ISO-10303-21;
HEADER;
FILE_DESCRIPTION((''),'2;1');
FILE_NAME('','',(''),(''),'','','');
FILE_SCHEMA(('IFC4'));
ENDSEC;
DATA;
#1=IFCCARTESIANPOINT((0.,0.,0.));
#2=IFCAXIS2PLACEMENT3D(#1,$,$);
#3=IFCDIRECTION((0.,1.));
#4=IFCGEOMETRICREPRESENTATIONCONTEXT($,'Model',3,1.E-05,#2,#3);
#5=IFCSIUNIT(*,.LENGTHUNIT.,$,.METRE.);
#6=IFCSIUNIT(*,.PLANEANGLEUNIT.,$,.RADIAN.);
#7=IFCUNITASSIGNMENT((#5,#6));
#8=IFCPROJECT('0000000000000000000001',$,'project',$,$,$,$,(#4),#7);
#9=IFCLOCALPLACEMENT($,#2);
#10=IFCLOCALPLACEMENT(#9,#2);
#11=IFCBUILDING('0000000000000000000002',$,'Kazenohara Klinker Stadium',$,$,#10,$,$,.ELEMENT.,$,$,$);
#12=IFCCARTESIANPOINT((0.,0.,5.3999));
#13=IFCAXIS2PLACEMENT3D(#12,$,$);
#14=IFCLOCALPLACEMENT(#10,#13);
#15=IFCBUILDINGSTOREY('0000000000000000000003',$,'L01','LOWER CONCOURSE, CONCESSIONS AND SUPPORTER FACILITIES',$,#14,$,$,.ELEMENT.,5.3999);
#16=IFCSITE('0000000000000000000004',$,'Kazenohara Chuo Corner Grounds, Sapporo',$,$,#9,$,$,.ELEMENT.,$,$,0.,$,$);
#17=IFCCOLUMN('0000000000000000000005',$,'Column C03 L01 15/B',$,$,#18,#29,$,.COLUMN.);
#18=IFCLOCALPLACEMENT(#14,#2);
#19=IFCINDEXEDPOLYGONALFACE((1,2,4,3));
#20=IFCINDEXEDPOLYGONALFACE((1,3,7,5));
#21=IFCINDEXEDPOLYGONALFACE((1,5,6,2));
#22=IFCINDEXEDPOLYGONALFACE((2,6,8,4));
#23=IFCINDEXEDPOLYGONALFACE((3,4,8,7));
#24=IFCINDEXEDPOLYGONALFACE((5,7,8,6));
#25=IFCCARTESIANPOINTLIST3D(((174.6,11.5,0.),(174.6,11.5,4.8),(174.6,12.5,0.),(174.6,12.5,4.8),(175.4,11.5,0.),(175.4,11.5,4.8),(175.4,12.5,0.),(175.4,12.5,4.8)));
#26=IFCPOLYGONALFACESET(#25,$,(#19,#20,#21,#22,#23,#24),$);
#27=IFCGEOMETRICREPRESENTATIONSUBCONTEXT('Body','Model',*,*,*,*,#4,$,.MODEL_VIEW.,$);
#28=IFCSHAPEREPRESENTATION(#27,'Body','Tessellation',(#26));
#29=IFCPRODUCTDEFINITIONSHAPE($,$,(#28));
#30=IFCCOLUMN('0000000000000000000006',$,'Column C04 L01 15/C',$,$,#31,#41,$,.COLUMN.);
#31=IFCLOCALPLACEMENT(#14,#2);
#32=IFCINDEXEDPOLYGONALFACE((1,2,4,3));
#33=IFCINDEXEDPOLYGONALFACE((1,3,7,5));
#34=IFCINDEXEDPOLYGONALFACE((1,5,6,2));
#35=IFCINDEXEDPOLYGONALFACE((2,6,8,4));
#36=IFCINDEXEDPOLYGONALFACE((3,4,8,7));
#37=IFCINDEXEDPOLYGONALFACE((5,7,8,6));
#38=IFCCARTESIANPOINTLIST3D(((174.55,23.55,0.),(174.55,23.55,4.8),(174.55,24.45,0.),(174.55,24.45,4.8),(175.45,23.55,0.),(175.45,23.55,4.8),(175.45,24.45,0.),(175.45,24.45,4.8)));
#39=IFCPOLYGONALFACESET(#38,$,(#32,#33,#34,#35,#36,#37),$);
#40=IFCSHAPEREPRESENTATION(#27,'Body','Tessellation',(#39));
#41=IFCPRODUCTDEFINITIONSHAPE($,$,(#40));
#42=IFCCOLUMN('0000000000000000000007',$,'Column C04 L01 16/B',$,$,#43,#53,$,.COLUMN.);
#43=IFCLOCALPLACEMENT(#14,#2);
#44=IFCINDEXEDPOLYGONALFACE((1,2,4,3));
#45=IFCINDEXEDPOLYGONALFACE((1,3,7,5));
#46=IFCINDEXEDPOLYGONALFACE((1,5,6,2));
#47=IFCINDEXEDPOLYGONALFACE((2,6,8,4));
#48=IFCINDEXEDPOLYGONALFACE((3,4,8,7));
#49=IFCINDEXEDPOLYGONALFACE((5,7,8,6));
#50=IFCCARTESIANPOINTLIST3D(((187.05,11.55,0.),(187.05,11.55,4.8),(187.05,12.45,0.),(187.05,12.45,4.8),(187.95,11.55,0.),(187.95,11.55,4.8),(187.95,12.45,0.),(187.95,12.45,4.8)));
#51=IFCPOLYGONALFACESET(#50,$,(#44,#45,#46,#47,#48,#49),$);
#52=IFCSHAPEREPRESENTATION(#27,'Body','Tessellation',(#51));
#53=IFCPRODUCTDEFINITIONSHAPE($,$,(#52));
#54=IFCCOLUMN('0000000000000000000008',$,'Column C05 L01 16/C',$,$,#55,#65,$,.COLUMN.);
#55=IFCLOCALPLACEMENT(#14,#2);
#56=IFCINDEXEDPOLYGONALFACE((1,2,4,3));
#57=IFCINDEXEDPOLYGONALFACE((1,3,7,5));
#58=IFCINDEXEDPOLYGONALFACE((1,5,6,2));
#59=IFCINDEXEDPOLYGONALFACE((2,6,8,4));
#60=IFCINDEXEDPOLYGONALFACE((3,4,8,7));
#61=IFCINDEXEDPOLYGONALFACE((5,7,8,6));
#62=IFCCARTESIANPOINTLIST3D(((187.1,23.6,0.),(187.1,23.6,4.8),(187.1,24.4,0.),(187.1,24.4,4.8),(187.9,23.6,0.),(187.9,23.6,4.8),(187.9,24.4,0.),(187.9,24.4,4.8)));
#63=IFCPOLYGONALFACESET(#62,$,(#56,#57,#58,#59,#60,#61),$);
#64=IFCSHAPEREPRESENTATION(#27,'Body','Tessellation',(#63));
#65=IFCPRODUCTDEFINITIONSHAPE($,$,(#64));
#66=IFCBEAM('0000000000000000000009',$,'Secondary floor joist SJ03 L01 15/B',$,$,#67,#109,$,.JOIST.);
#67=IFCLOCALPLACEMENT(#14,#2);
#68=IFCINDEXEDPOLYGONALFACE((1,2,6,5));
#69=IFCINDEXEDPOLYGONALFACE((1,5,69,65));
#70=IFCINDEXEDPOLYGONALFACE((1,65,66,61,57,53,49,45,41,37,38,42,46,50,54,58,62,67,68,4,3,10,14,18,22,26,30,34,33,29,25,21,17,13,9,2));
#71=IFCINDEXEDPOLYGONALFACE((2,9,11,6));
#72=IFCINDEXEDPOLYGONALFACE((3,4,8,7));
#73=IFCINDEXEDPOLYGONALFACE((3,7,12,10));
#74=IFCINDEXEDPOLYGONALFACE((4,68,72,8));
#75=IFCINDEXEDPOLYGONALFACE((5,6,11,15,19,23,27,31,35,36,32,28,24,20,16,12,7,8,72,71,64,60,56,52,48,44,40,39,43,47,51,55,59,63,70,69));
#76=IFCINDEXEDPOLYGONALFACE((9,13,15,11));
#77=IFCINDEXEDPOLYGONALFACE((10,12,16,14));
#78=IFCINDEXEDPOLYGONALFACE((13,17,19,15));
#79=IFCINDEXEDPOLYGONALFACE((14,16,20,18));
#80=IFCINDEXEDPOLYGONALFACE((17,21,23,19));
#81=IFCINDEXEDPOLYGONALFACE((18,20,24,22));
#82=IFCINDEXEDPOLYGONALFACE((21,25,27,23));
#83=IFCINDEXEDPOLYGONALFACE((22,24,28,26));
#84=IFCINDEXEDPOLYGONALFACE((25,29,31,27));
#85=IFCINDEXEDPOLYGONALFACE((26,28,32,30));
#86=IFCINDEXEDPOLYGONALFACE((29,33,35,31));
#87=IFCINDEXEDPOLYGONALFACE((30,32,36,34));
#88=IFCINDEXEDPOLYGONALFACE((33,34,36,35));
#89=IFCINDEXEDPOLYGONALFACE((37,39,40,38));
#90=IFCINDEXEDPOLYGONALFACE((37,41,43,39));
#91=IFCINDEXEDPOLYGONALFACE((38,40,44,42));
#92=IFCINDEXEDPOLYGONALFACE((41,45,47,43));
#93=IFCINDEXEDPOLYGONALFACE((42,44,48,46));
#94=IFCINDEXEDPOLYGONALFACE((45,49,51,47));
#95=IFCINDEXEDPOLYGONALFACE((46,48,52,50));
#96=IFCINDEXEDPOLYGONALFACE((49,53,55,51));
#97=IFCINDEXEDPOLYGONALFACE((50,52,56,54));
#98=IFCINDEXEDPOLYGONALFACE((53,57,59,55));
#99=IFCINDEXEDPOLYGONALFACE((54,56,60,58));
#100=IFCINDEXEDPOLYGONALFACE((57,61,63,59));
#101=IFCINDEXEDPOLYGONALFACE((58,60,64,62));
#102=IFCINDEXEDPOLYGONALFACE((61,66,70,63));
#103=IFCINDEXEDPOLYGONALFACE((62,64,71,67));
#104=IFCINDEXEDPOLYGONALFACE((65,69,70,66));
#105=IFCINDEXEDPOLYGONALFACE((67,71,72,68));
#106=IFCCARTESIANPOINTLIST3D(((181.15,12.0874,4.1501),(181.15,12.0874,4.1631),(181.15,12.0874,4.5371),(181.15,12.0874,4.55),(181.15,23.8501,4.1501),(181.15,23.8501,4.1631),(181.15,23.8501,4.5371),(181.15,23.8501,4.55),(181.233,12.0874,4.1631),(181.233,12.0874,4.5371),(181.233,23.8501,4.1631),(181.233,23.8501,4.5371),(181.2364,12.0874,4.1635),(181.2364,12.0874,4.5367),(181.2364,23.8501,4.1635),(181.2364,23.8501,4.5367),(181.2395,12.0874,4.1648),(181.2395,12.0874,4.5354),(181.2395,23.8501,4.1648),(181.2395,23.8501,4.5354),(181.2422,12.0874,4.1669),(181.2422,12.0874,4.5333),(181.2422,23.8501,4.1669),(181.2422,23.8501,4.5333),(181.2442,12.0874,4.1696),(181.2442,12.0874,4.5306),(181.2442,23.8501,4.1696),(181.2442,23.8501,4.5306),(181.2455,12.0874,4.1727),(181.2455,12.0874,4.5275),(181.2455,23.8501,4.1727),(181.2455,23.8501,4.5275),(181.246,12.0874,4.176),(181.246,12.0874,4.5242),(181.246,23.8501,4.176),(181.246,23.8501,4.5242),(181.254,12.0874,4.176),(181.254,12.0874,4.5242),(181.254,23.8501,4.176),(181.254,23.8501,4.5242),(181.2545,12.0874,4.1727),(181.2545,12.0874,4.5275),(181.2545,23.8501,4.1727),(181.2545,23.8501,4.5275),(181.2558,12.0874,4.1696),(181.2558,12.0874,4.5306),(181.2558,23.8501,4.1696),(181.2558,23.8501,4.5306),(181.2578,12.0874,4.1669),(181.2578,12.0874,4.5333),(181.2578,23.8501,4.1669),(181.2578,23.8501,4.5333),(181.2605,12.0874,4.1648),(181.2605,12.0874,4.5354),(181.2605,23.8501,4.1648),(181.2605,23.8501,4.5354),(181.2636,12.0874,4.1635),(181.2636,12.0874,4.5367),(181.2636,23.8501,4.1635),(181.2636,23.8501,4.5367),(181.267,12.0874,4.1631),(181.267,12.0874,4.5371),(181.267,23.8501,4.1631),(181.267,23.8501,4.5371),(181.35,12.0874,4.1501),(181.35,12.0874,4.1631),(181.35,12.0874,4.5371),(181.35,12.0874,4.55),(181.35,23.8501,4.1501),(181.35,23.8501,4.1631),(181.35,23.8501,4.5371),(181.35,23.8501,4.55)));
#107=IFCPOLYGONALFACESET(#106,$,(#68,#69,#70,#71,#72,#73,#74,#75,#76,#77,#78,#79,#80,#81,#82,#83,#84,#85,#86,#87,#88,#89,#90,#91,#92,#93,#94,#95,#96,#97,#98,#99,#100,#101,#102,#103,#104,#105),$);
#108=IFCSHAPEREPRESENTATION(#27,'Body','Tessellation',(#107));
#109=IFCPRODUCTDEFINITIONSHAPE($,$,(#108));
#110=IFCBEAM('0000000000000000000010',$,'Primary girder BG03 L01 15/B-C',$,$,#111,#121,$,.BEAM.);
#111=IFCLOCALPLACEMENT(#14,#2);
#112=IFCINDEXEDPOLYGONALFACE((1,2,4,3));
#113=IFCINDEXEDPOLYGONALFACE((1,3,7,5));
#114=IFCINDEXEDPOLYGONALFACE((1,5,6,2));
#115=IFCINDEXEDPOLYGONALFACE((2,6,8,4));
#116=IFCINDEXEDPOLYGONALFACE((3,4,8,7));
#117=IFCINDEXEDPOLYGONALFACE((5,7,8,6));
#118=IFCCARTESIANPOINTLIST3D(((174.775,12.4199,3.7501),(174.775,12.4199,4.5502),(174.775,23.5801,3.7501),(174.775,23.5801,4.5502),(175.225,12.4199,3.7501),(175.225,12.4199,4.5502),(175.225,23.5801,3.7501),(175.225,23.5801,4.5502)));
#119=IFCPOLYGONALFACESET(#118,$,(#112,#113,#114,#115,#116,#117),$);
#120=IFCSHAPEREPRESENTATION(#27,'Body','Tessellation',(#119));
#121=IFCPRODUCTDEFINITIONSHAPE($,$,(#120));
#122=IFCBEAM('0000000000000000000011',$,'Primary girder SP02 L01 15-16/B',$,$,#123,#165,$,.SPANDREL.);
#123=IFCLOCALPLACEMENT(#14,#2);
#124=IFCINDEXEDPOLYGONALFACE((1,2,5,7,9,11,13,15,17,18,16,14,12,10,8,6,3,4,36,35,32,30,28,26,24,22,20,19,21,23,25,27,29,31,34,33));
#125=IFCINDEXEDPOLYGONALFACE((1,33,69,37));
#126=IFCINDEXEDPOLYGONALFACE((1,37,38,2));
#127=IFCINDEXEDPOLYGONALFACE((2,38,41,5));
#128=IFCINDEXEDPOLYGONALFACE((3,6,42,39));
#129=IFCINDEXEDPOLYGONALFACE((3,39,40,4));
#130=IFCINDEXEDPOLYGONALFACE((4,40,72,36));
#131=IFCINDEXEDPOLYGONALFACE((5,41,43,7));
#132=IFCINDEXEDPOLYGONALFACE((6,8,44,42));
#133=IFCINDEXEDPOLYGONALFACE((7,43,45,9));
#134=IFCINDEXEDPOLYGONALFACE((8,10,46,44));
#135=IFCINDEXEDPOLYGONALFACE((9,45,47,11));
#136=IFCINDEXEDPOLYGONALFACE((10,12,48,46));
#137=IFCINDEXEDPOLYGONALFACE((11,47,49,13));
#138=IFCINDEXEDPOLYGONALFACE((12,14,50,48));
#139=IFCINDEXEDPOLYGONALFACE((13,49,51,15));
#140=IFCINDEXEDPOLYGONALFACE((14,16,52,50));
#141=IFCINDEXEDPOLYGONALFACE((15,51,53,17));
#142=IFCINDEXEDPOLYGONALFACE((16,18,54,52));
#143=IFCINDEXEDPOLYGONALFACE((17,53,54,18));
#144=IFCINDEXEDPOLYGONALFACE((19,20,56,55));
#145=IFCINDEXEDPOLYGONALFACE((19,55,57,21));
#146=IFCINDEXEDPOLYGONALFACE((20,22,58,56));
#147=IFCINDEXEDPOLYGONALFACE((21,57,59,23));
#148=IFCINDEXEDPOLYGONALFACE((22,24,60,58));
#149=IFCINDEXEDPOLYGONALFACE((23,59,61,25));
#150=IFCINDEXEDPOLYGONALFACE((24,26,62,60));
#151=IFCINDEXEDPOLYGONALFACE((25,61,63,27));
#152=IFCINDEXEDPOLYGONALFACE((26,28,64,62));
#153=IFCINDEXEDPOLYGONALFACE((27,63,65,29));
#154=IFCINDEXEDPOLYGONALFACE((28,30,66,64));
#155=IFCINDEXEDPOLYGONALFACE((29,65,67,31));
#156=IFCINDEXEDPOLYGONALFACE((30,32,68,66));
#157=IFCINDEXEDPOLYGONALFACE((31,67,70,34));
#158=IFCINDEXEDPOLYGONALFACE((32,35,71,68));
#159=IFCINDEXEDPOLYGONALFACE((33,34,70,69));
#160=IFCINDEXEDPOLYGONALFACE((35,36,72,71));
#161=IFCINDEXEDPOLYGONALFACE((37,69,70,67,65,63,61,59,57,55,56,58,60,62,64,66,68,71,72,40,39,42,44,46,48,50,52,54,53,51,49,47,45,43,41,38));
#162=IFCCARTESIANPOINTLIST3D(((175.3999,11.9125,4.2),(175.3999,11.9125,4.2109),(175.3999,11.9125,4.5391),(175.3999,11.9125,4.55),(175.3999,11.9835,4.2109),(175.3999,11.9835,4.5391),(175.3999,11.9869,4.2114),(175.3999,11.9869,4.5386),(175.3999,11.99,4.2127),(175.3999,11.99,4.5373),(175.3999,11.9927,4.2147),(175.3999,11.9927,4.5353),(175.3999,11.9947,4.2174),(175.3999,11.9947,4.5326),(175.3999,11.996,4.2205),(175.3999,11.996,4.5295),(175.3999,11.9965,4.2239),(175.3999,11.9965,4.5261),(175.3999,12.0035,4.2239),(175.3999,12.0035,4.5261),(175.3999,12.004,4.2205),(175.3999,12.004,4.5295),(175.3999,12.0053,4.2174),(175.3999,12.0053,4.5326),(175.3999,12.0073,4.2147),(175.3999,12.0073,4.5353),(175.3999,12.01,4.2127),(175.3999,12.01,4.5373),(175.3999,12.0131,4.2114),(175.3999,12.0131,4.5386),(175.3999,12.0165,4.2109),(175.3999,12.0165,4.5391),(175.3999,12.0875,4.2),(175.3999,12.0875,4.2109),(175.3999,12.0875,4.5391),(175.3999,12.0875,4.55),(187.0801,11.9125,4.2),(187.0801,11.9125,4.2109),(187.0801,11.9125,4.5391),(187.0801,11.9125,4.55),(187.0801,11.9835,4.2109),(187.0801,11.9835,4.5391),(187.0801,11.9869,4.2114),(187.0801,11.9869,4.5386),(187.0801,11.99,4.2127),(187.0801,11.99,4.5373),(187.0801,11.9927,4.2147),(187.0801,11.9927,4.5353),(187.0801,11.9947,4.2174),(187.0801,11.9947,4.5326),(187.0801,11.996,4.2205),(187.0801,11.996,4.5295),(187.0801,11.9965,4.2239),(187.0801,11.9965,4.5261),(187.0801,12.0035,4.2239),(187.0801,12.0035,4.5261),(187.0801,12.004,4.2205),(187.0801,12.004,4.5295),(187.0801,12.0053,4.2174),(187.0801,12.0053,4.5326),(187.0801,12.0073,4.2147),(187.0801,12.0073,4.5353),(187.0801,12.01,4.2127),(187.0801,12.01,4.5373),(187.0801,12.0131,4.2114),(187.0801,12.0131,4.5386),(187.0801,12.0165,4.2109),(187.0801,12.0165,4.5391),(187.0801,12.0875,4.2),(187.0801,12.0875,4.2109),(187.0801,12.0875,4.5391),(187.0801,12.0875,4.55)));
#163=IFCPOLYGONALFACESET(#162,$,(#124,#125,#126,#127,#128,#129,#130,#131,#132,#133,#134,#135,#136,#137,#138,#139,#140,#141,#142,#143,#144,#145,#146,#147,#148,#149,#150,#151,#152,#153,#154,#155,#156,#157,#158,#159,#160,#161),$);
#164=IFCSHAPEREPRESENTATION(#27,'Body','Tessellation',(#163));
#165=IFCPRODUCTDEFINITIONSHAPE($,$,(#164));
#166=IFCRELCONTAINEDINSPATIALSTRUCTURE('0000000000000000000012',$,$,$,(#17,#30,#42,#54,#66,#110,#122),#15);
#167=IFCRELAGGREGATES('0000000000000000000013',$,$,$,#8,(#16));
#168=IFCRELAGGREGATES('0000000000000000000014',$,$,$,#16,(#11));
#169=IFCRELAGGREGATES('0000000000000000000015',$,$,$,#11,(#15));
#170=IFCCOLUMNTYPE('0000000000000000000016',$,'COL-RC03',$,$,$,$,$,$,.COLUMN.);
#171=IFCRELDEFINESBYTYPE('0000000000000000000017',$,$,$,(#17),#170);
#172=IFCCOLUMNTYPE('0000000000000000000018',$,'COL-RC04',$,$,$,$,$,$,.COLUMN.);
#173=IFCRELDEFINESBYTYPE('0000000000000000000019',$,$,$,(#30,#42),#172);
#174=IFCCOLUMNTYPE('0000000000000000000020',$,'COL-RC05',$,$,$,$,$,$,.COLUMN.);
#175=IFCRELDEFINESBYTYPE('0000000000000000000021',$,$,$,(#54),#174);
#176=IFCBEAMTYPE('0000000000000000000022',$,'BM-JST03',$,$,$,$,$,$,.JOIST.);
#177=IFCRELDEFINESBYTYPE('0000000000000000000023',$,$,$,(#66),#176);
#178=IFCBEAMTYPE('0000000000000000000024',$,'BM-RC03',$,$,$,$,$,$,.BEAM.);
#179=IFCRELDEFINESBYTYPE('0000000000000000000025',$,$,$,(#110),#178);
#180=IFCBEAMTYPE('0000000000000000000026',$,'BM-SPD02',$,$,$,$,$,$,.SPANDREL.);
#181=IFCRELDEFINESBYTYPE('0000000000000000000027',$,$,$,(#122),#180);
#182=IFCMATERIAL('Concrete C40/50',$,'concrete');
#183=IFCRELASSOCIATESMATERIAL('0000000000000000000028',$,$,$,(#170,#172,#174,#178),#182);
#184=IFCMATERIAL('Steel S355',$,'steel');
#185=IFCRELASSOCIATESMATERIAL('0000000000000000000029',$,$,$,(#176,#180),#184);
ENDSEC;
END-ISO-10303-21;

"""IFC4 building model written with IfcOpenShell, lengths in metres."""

from ifc_helpers import new_model, si_unit, direction, frame, origin, origin_2d, place, context, subcontext, project, spatial, rectangle, i_section, extrude, material, material_profile, profile_set, type_object, element, save


model = new_model("IFC4")

# Units and contexts
model_context = context("Model", 3, precision=1e-05, world=origin(), true_north=direction((0.0, 1.0)))
body_context = subcontext(model_context, "Body", "Model", "MODEL_VIEW")
ifc_project = project(units=[si_unit("LENGTHUNIT", "METRE"), si_unit("PLANEANGLEUNIT", "RADIAN")], contexts=[model_context])

# Site, building, storey
site_placement = place(None, origin())
site = spatial("IfcSite", under=ifc_project, at=site_placement, Name="Kazenohara Chuo Corner Grounds, Sapporo", CompositionType="ELEMENT", RefElevation=0.0)
building_placement = place(site_placement, origin())
building = spatial("IfcBuilding", under=site, at=building_placement, Name="Kazenohara Klinker Stadium", CompositionType="ELEMENT")
storey_placement = place(building_placement, frame((0.0, 0.0, 5.3999)))
storey = spatial("IfcBuildingStorey", under=building, at=storey_placement, Name="L01", Description="LOWER CONCOURSE, CONCESSIONS AND SUPPORTER FACILITIES", CompositionType="ELEMENT", Elevation=5.3999)

# Columns
ifc_material_1 = material(Name="Concrete C40/50", Category="concrete")
ifc_material_profile_1 = material_profile(ifc_material_1, rectangle(XDim=0.8, YDim=1.0, at=origin_2d()), Name="RC-COL-1000x800")
ifc_profile_set_1 = profile_set([ifc_material_profile_1], Name="Concrete C40/50")
column_type_1 = type_object("IfcColumnType", Name="COL-RC03", PredefinedType="COLUMN", material=ifc_profile_set_1)
column_1_placement = place(storey_placement, frame((175.0, 12.0, 0.0), z_axis=(0.0, 0.0, 1.0), x_axis=(1.0, 0.0, 0.0)))
element("IfcColumn", 1, at=column_1_placement, inside=storey, type_object=column_type_1, Name="Column C03 L01 15/B", PredefinedType="COLUMN", context=body_context, shape_type="SweptSolid", body=[
    extrude(rectangle(XDim=0.8, YDim=1.0, at=origin_2d()), origin(), (0.0, 0.0, 1.0), 4.8),
])
ifc_material_profile_2 = material_profile(ifc_material_1, rectangle(XDim=0.8999, YDim=0.8999, at=origin_2d()), Name="RC-COL-900x900")
ifc_profile_set_2 = profile_set([ifc_material_profile_2], Name="Concrete C40/50")
column_type_2 = type_object("IfcColumnType", Name="COL-RC04", PredefinedType="COLUMN", material=ifc_profile_set_2)
for number, where, z_axis, x_axis, name in (
    (2, (175.0, 24.0, 0.0), (0.0, 0.0, 1.0), (1.0, 0.0, 0.0), "Column C04 L01 15/C"),
    (3, (187.5, 12.0, 0.0), (0.0, 0.0, 1.0), (1.0, 0.0, 0.0), "Column C04 L01 16/B"),
):
    element("IfcColumn", number, at=place(storey_placement, frame(where, z_axis=z_axis, x_axis=x_axis)), inside=storey, type_object=column_type_2, Name=name, PredefinedType="COLUMN", context=body_context, shape_type="SweptSolid", body=[
        extrude(rectangle(XDim=0.8999, YDim=0.8999, at=origin_2d()), origin(), (0.0, 0.0, 1.0), 4.8),
    ])
ifc_material_profile_3 = material_profile(ifc_material_1, rectangle(XDim=0.8, YDim=0.8, at=origin_2d()), Name="RC-COL-800x800")
ifc_profile_set_3 = profile_set([ifc_material_profile_3], Name="Concrete C40/50")
column_type_3 = type_object("IfcColumnType", Name="COL-RC05", PredefinedType="COLUMN", material=ifc_profile_set_3)
column_2_placement = place(storey_placement, frame((187.5, 24.0, 0.0), z_axis=(0.0, 0.0, 1.0), x_axis=(1.0, 0.0, 0.0)))
element("IfcColumn", 4, at=column_2_placement, inside=storey, type_object=column_type_3, Name="Column C05 L01 16/C", PredefinedType="COLUMN", context=body_context, shape_type="SweptSolid", body=[
    extrude(rectangle(XDim=0.8, YDim=0.8, at=origin_2d()), origin(), (0.0, 0.0, 1.0), 4.8),
])

# Beams
ifc_material_2 = material(Name="Steel S355", Category="steel")
ifc_material_profile_4 = material_profile(ifc_material_2, i_section(OverallWidth=0.2, OverallDepth=0.3999, WebThickness=0.0081, FlangeThickness=0.0129, FilletRadius=0.0129, at=origin_2d()), Name="H-400x200x8x13")
ifc_profile_set_4 = profile_set([ifc_material_profile_4], Name="Steel S355")
beam_type_1 = type_object("IfcBeamType", Name="BM-JST03", PredefinedType="JOIST", material=ifc_profile_set_4)
beam_1_placement = place(storey_placement, frame((181.25, 12.0874, 4.3501), z_axis=(0.0, 1.0, 0.0), x_axis=(-1.0, 0.0, 0.0)))
element("IfcBeam", 5, at=beam_1_placement, inside=storey, type_object=beam_type_1, Name="Secondary floor joist SJ03 L01 15/B", PredefinedType="JOIST", context=body_context, shape_type="SweptSolid", body=[
    extrude(i_section(OverallWidth=0.2, OverallDepth=0.3999, WebThickness=0.0081, FlangeThickness=0.0129, FilletRadius=0.0129, at=origin_2d()), origin(), (0.0, 0.0, 1.0), 11.7627),
])
ifc_material_profile_5 = material_profile(ifc_material_1, rectangle(XDim=0.45, YDim=0.8, at=origin_2d()), Name="RC-BM-450x800")
ifc_profile_set_5 = profile_set([ifc_material_profile_5], Name="Concrete C40/50")
beam_type_2 = type_object("IfcBeamType", Name="BM-RC03", PredefinedType="BEAM", material=ifc_profile_set_5)
beam_2_placement = place(storey_placement, frame((175.0, 12.4199, 4.1501), z_axis=(0.0, 1.0, 0.0), x_axis=(-1.0, 0.0, 0.0)))
element("IfcBeam", 6, at=beam_2_placement, inside=storey, type_object=beam_type_2, Name="Primary girder BG03 L01 15/B-C", PredefinedType="BEAM", context=body_context, shape_type="SweptSolid", body=[
    extrude(rectangle(XDim=0.45, YDim=0.8, at=origin_2d()), origin(), (0.0, 0.0, 1.0), 11.1602),
])
ifc_material_profile_6 = material_profile(ifc_material_2, i_section(OverallWidth=0.175, OverallDepth=0.3501, WebThickness=0.0071, FlangeThickness=0.011, FilletRadius=0.0129, at=origin_2d()), Name="H-350x175x7x11")
ifc_profile_set_6 = profile_set([ifc_material_profile_6], Name="Steel S355")
beam_type_3 = type_object("IfcBeamType", Name="BM-SPD02", PredefinedType="SPANDREL", material=ifc_profile_set_6)
beam_3_placement = place(storey_placement, frame((175.3999, 12.0, 4.375), z_axis=(1.0, 0.0, 0.0), x_axis=(0.0, 1.0, 0.0)))
element("IfcBeam", 7, at=beam_3_placement, inside=storey, type_object=beam_type_3, Name="Primary girder SP02 L01 15-16/B", PredefinedType="SPANDREL", context=body_context, shape_type="SweptSolid", body=[
    extrude(i_section(OverallWidth=0.175, OverallDepth=0.3501, WebThickness=0.0071, FlangeThickness=0.011, FilletRadius=0.0129, at=origin_2d()), origin(), (0.0, 0.0, 1.0), 11.6802),
])

save(model, "model.ifc")
